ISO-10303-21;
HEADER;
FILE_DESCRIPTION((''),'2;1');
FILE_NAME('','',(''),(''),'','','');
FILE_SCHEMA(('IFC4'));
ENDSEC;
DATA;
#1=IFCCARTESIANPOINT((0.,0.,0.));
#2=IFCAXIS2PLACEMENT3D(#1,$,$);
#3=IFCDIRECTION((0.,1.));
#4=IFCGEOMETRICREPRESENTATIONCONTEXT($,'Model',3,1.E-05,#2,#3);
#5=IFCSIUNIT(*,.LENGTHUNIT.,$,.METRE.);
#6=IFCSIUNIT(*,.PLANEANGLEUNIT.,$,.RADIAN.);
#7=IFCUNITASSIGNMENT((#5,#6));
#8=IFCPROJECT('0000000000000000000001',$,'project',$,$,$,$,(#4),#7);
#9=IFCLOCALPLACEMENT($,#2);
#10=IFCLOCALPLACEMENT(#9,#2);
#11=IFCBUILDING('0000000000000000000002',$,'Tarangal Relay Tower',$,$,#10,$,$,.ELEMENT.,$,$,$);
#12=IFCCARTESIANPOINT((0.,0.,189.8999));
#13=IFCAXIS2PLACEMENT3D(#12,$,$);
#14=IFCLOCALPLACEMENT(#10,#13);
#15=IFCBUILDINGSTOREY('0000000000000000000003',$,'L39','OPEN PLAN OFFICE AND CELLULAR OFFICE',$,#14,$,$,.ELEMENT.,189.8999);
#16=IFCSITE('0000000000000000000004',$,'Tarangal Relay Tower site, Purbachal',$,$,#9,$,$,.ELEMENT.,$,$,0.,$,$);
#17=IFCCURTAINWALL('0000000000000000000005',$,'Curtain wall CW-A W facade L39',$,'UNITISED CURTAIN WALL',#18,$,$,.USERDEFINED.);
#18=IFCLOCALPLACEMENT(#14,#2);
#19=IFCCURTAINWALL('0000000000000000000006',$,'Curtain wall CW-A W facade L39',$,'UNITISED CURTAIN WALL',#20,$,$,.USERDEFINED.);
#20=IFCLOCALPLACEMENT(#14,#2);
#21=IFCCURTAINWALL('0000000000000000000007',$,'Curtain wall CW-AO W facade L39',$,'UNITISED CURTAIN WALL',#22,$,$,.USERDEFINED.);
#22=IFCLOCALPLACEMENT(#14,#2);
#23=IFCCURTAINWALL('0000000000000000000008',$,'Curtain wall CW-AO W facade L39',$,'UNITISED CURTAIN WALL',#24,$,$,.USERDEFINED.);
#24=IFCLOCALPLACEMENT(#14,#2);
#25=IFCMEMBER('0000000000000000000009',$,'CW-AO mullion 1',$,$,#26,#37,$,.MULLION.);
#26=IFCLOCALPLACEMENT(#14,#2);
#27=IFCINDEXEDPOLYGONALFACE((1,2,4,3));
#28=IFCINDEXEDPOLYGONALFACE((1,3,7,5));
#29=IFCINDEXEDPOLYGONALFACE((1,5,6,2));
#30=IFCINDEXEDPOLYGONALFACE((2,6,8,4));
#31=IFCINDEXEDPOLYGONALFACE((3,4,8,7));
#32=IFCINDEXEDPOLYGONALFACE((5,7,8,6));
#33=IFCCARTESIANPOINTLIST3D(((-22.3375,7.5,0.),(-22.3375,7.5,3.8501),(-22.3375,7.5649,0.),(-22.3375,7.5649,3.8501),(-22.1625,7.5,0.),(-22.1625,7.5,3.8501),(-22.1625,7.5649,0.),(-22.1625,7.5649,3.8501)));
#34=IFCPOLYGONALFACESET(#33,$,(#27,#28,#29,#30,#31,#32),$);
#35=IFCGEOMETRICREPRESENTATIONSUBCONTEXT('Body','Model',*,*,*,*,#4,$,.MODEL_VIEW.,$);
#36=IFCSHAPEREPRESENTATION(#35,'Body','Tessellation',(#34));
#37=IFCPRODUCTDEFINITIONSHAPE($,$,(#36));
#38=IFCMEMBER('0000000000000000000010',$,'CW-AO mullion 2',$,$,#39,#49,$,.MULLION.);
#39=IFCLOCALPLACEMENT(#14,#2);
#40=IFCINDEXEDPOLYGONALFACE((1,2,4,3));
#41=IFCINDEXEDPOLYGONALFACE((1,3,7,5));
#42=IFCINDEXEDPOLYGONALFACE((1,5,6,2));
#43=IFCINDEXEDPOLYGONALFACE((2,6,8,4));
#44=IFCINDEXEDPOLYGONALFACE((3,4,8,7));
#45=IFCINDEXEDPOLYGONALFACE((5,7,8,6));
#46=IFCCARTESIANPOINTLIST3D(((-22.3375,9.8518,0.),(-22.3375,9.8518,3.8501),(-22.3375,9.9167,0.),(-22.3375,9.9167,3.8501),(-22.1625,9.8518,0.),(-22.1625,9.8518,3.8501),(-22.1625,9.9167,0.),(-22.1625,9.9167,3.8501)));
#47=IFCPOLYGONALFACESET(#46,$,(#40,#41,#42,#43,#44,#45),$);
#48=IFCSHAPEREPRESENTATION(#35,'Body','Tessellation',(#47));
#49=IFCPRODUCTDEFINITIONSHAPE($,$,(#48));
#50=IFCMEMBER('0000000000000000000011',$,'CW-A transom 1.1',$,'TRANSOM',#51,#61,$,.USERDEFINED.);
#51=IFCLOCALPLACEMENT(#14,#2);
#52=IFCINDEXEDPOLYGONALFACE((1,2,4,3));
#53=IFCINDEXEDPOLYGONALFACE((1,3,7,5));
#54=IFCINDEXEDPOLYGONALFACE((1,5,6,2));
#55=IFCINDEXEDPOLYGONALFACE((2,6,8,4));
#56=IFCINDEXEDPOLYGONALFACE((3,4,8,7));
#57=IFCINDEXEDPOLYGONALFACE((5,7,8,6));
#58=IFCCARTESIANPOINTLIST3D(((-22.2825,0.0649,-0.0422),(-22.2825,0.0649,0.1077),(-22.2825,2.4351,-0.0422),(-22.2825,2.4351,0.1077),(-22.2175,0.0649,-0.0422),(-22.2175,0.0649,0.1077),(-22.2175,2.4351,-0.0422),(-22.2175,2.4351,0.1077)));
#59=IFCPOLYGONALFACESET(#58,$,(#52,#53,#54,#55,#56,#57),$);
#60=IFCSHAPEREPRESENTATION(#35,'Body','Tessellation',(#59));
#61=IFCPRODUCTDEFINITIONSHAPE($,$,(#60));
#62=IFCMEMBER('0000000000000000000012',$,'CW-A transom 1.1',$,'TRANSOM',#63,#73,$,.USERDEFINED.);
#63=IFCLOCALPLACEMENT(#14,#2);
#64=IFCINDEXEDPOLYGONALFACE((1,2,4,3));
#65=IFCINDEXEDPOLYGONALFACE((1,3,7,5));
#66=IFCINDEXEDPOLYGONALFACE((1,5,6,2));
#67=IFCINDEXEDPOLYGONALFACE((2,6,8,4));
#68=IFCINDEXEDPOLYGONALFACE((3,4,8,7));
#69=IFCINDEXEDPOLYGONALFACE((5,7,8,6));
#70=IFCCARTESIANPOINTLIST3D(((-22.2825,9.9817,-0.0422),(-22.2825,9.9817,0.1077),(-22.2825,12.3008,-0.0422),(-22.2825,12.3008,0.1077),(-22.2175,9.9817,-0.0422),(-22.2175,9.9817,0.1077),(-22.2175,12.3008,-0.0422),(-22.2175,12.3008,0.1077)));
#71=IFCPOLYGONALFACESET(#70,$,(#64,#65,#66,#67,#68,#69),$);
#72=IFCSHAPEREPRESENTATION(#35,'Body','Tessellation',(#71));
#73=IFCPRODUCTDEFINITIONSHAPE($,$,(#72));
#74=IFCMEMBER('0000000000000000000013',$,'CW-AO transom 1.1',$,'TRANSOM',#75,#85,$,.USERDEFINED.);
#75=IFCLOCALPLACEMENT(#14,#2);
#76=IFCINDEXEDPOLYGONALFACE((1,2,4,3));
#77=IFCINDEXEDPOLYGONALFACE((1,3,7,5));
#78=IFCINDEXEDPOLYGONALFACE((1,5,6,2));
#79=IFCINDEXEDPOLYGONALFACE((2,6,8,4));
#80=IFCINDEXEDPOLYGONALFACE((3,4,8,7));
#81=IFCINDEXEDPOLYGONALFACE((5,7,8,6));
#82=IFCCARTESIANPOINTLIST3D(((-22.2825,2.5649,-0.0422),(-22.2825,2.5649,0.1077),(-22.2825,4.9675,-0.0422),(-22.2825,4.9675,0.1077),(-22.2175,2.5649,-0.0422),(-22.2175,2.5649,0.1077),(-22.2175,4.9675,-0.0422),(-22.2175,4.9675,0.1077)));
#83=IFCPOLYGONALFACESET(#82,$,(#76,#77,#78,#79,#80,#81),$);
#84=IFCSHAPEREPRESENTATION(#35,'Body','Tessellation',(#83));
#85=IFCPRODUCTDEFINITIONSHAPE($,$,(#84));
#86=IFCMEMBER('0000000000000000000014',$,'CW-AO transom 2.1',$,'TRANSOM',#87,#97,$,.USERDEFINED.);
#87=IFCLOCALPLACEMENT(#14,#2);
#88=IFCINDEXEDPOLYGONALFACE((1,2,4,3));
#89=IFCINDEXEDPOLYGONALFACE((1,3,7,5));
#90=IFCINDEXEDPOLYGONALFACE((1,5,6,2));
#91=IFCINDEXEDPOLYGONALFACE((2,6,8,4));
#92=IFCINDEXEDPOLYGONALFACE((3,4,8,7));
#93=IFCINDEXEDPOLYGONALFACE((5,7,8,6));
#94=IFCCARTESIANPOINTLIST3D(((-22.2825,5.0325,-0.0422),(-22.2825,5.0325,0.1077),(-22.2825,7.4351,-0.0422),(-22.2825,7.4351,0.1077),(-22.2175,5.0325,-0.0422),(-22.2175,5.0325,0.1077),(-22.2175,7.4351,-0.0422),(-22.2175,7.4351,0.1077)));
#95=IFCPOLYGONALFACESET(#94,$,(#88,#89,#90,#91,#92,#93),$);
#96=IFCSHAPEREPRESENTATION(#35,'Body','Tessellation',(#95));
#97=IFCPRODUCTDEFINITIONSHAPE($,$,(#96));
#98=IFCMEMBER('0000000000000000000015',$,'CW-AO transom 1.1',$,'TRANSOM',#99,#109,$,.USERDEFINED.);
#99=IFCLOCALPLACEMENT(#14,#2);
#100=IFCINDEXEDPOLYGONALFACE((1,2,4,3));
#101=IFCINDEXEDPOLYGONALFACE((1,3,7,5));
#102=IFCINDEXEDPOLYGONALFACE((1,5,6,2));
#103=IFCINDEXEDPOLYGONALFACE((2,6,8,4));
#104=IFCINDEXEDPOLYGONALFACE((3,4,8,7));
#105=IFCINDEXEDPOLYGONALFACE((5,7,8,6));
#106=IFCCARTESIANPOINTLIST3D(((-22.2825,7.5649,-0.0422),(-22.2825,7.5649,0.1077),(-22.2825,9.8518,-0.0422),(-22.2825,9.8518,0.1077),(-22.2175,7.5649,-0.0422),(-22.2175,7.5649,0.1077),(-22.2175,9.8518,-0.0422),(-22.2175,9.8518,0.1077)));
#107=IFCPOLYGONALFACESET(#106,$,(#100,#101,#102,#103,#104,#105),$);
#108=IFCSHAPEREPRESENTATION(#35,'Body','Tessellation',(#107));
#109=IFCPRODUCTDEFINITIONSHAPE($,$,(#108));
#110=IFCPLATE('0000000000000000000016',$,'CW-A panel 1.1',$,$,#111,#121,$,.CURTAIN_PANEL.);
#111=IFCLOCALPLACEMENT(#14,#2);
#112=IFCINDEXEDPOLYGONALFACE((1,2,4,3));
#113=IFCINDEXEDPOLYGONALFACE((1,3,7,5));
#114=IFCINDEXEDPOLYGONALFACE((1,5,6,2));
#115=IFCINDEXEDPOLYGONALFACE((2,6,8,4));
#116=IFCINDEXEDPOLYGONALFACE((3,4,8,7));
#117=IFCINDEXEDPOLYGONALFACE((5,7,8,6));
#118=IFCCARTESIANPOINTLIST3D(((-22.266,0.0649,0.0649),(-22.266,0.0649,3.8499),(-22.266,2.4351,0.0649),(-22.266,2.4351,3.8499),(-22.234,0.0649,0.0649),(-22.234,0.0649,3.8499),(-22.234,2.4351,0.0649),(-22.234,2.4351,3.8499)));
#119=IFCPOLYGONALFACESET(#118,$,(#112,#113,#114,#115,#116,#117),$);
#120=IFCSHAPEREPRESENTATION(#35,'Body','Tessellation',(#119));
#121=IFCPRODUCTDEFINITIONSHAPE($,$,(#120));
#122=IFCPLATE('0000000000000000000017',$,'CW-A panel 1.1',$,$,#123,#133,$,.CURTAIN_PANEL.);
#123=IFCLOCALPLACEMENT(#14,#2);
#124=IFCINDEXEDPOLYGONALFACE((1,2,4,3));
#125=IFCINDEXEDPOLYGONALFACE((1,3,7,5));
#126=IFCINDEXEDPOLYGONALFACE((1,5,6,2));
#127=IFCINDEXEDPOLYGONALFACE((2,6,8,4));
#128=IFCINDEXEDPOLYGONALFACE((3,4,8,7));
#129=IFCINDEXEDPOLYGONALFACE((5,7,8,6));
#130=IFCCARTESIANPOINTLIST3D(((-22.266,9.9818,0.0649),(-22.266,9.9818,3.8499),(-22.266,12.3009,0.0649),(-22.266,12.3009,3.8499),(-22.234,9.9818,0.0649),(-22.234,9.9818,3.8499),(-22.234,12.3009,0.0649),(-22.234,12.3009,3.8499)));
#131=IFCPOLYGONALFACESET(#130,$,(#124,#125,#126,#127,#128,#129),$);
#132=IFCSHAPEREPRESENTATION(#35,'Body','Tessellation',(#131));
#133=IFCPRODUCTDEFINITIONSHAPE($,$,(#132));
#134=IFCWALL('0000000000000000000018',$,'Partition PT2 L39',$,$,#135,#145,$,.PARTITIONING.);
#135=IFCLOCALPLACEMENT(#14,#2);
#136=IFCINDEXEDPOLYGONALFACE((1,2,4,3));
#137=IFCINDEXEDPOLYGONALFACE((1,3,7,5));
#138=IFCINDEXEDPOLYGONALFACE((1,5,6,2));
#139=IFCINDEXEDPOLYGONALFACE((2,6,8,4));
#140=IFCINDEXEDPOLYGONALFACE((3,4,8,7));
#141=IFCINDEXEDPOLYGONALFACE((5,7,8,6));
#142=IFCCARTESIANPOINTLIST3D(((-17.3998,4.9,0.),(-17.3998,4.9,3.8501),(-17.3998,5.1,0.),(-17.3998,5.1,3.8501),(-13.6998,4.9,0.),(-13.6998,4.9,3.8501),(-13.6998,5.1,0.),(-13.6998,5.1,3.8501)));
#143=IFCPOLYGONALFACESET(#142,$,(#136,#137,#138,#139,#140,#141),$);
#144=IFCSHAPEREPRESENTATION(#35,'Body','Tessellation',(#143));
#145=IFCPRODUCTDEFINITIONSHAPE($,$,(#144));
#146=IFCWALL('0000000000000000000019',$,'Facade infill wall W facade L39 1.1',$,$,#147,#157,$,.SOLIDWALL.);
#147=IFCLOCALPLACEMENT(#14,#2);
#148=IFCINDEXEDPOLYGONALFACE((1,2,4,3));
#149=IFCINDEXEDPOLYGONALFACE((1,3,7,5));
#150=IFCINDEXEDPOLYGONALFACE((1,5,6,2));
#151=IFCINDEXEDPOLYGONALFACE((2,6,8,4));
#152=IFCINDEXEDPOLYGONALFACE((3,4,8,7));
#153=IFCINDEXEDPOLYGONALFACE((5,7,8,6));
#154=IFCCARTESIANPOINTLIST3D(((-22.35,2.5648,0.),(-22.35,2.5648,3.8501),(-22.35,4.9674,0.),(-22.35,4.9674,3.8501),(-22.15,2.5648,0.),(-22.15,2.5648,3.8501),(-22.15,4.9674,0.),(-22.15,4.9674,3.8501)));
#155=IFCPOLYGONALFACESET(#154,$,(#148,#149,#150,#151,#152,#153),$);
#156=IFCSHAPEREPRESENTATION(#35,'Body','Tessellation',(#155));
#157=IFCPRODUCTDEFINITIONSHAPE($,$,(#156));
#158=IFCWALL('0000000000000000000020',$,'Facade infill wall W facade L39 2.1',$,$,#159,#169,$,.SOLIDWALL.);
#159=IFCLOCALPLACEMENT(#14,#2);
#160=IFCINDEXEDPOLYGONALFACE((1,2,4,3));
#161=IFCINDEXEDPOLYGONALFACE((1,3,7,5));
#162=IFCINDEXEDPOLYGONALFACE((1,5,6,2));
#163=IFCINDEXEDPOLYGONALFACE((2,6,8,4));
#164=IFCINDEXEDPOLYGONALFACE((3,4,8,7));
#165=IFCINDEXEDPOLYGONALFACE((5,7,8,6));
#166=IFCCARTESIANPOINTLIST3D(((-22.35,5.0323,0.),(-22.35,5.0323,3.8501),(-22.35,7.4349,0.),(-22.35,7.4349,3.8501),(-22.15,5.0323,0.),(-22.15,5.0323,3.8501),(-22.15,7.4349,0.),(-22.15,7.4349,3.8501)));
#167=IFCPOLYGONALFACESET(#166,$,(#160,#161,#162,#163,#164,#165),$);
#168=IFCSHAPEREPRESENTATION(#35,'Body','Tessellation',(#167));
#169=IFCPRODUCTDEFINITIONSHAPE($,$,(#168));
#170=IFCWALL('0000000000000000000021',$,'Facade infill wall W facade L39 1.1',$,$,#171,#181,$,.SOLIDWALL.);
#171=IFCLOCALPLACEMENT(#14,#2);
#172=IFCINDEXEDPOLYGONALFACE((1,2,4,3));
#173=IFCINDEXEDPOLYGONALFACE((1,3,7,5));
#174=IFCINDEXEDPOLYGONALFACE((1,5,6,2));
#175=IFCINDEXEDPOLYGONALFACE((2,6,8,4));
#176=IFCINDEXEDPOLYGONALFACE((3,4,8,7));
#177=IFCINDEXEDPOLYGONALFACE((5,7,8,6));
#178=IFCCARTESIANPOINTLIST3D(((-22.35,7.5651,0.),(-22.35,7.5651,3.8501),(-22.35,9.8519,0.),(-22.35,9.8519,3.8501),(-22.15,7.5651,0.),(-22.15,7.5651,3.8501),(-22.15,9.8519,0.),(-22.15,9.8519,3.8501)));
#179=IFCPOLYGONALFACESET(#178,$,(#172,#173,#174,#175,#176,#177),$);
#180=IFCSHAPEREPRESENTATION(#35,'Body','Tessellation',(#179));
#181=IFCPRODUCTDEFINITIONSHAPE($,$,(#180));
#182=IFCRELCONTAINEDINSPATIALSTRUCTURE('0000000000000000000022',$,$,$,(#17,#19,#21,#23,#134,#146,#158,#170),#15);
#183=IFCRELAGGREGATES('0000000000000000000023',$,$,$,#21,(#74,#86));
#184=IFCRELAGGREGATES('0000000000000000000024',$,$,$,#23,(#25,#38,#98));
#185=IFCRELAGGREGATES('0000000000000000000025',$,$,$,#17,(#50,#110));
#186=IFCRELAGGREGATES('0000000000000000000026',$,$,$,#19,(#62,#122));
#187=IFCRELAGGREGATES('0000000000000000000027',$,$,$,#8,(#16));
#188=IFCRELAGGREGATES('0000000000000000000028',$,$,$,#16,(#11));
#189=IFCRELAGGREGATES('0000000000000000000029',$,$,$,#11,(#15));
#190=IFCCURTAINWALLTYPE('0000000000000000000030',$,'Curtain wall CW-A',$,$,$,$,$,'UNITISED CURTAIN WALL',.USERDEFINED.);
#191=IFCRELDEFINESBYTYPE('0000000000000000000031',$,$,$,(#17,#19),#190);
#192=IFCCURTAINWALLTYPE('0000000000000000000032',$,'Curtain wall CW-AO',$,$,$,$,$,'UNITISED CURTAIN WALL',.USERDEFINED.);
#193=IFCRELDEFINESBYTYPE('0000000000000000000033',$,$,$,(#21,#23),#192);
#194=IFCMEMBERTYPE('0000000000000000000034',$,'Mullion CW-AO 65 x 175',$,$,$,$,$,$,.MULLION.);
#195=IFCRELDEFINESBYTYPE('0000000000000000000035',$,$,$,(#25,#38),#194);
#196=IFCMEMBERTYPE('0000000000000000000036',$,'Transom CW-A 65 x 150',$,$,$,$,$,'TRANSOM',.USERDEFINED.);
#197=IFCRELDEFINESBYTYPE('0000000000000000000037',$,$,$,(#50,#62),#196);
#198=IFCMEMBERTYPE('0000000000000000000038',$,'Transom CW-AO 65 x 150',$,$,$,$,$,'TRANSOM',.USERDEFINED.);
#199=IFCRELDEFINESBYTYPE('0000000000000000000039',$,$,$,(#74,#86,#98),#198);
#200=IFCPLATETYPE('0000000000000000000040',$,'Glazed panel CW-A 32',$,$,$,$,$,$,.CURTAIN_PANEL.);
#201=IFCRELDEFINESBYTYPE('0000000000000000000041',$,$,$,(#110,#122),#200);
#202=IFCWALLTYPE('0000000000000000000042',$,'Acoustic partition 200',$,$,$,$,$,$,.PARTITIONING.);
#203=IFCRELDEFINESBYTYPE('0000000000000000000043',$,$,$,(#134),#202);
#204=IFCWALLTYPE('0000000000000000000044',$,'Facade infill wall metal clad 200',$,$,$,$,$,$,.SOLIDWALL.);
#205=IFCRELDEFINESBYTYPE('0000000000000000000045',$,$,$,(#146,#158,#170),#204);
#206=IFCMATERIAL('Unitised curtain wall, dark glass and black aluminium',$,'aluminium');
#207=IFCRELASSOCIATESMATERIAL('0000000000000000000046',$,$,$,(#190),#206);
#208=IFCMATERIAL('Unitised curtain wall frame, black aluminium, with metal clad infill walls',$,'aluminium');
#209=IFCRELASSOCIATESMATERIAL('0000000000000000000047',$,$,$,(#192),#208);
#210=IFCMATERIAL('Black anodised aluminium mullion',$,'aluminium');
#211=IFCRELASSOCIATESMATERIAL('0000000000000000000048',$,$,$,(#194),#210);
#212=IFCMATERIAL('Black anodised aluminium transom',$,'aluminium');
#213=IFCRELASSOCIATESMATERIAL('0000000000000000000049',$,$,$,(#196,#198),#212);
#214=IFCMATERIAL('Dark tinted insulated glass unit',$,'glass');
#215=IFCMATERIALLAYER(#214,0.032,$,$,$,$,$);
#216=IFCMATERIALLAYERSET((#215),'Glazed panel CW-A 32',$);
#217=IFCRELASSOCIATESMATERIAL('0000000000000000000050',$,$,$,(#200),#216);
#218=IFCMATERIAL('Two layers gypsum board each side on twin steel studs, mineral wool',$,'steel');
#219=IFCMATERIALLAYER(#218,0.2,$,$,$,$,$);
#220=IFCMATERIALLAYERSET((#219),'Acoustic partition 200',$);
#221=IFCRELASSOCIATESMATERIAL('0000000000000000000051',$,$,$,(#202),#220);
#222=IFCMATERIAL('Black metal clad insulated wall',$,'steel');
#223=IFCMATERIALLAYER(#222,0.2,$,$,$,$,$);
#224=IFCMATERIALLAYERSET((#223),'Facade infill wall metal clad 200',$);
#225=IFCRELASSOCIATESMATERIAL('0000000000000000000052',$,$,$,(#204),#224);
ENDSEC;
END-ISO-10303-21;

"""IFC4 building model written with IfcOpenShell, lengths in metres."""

from ifc_helpers import new_model, si_unit, direction, frame, frame_2d, origin, origin_2d, place, context, subcontext, project, spatial, rectangle, extrude, material, layer, layer_set, material_profile, profile_set, type_object, element, aggregate, save


model = new_model("IFC4")

# Units and contexts
model_context = context("Model", 3, precision=1e-05, world=origin(), true_north=direction((0.0, 1.0)))
body_context = subcontext(model_context, "Body", "Model", "MODEL_VIEW")
ifc_project = project(units=[si_unit("LENGTHUNIT", "METRE"), si_unit("PLANEANGLEUNIT", "RADIAN")], contexts=[model_context])

# Site, building, storey
site_placement = place(None, origin())
site = spatial("IfcSite", under=ifc_project, at=site_placement, Name="Tarangal Relay Tower site, Purbachal", CompositionType="ELEMENT", RefElevation=0.0)
building_placement = place(site_placement, origin())
building = spatial("IfcBuilding", under=site, at=building_placement, Name="Tarangal Relay Tower", CompositionType="ELEMENT")
storey_placement = place(building_placement, frame((0.0, 0.0, 189.8999)))
storey = spatial("IfcBuildingStorey", under=building, at=storey_placement, Name="L39", Description="OPEN PLAN OFFICE AND CELLULAR OFFICE", CompositionType="ELEMENT", Elevation=189.8999)

# Curtain wall
ifc_material_1 = material(Name="Unitised curtain wall, dark glass and black aluminium", Category="aluminium")
curtain_wall_type_1 = type_object("IfcCurtainWallType", Name="Curtain wall CW-A", ElementType="UNITISED CURTAIN WALL", PredefinedType="USERDEFINED", material=ifc_material_1)
curtain_wall_1_placement = place(storey_placement, origin())
curtain_wall_1 = element("IfcCurtainWall", 1, at=curtain_wall_1_placement, inside=storey, type_object=curtain_wall_type_1, Name="Curtain wall CW-A W facade L39", ObjectType="UNITISED CURTAIN WALL", PredefinedType="USERDEFINED")
ifc_material_2 = material(Name="Black anodised aluminium mullion", Category="aluminium")

# Curtain wall
curtain_wall_2_placement = place(storey_placement, origin())
curtain_wall_2 = element("IfcCurtainWall", 2, at=curtain_wall_2_placement, inside=storey, type_object=curtain_wall_type_1, Name="Curtain wall CW-A W facade L39", ObjectType="UNITISED CURTAIN WALL", PredefinedType="USERDEFINED")

# Curtain walls, members
ifc_material_3 = material(Name="Unitised curtain wall frame, black aluminium, with metal clad infill walls", Category="aluminium")
curtain_wall_type_2 = type_object("IfcCurtainWallType", Name="Curtain wall CW-AO", ElementType="UNITISED CURTAIN WALL", PredefinedType="USERDEFINED", material=ifc_material_3)
curtain_wall_3_placement = place(storey_placement, origin())
curtain_wall_3 = element("IfcCurtainWall", 3, at=curtain_wall_3_placement, inside=storey, type_object=curtain_wall_type_2, Name="Curtain wall CW-AO W facade L39", ObjectType="UNITISED CURTAIN WALL", PredefinedType="USERDEFINED")
ifc_material_profile_1 = material_profile(ifc_material_2, rectangle(XDim=0.175, YDim=0.0649, at=origin_2d()), Name="CW-AOM 65X175")
ifc_profile_set_1 = profile_set([ifc_material_profile_1], Name="Black anodised aluminium mullion")
member_type_1 = type_object("IfcMemberType", Name="Mullion CW-AO 65 x 175", PredefinedType="MULLION", material=ifc_profile_set_1)
curtain_wall_4_placement = place(storey_placement, origin())
curtain_wall_4 = element("IfcCurtainWall", 4, at=curtain_wall_4_placement, inside=storey, type_object=curtain_wall_type_2, Name="Curtain wall CW-AO W facade L39", ObjectType="UNITISED CURTAIN WALL", PredefinedType="USERDEFINED")
member_1_placement = place(storey_placement, frame((-22.25, 7.5325, 0.0), z_axis=(0.0, 0.0, 1.0), x_axis=(-1.0, 0.0, 0.0)))
member_1 = element("IfcMember", 5, at=member_1_placement, type_object=member_type_1, Name="CW-AO mullion 1", PredefinedType="MULLION", context=body_context, shape_type="SweptSolid", body=[
    extrude(rectangle(XDim=0.175, YDim=0.0649, at=origin_2d()), origin(), (0.0, 0.0, 1.0), 3.8501),
])
member_2_placement = place(storey_placement, frame((-22.25, 9.8843, 0.0), z_axis=(0.0, 0.0, 1.0), x_axis=(-1.0, 0.0, 0.0)))
member_2 = element("IfcMember", 6, at=member_2_placement, type_object=member_type_1, Name="CW-AO mullion 2", PredefinedType="MULLION", context=body_context, shape_type="SweptSolid", body=[
    extrude(rectangle(XDim=0.175, YDim=0.0649, at=origin_2d()), origin(), (0.0, 0.0, 1.0), 3.8501),
])

# Members
ifc_material_4 = material(Name="Black anodised aluminium transom", Category="aluminium")
ifc_material_profile_2 = material_profile(ifc_material_4, rectangle(XDim=0.0649, YDim=0.1499, at=origin_2d()), Name="CW-AT 65X150")
ifc_profile_set_2 = profile_set([ifc_material_profile_2], Name="Black anodised aluminium transom")
member_type_2 = type_object("IfcMemberType", Name="Transom CW-A 65 x 150", ElementType="TRANSOM", PredefinedType="USERDEFINED", material=ifc_profile_set_2)
member_3_placement = place(storey_placement, frame((-22.25, 0.0649, 0.0327), z_axis=(0.0, 1.0, 0.0), x_axis=(-1.0, 0.0, 0.0)))
member_3 = element("IfcMember", 7, at=member_3_placement, type_object=member_type_2, Name="CW-A transom 1.1", ObjectType="TRANSOM", PredefinedType="USERDEFINED", context=body_context, shape_type="SweptSolid", body=[
    extrude(rectangle(XDim=0.0649, YDim=0.1499, at=origin_2d()), origin(), (0.0, 0.0, 1.0), 2.3701),
])
member_4_placement = place(storey_placement, frame((-22.25, 9.9817, 0.0327), z_axis=(0.0, 1.0, 0.0), x_axis=(-1.0, 0.0, 0.0)))
member_4 = element("IfcMember", 8, at=member_4_placement, type_object=member_type_2, Name="CW-A transom 1.1", ObjectType="TRANSOM", PredefinedType="USERDEFINED", context=body_context, shape_type="SweptSolid", body=[
    extrude(rectangle(XDim=0.0649, YDim=0.1499, at=origin_2d()), origin(), (0.0, 0.0, 1.0), 2.3191),
])
ifc_material_profile_3 = material_profile(ifc_material_4, rectangle(XDim=0.0649, YDim=0.1499, at=origin_2d()), Name="CW-AOT 65X150")
ifc_profile_set_3 = profile_set([ifc_material_profile_3], Name="Black anodised aluminium transom")
member_type_3 = type_object("IfcMemberType", Name="Transom CW-AO 65 x 150", ElementType="TRANSOM", PredefinedType="USERDEFINED", material=ifc_profile_set_3)
member_5_placement = place(storey_placement, frame((-22.25, 2.5649, 0.0327), z_axis=(0.0, 1.0, 0.0), x_axis=(-1.0, 0.0, 0.0)))
member_5 = element("IfcMember", 9, at=member_5_placement, type_object=member_type_3, Name="CW-AO transom 1.1", ObjectType="TRANSOM", PredefinedType="USERDEFINED", context=body_context, shape_type="SweptSolid", body=[
    extrude(rectangle(XDim=0.0649, YDim=0.1499, at=origin_2d()), origin(), (0.0, 0.0, 1.0), 2.4026),
])
member_6_placement = place(storey_placement, frame((-22.25, 5.0325, 0.0327), z_axis=(0.0, 1.0, 0.0), x_axis=(-1.0, 0.0, 0.0)))
member_6 = element("IfcMember", 10, at=member_6_placement, type_object=member_type_3, Name="CW-AO transom 2.1", ObjectType="TRANSOM", PredefinedType="USERDEFINED", context=body_context, shape_type="SweptSolid", body=[
    extrude(rectangle(XDim=0.0649, YDim=0.1499, at=origin_2d()), origin(), (0.0, 0.0, 1.0), 2.4026),
])
aggregate(curtain_wall_3, [member_5, member_6])
member_7_placement = place(storey_placement, frame((-22.25, 7.5649, 0.0327), z_axis=(0.0, 1.0, 0.0), x_axis=(-1.0, 0.0, 0.0)))
member_7 = element("IfcMember", 11, at=member_7_placement, type_object=member_type_3, Name="CW-AO transom 1.1", ObjectType="TRANSOM", PredefinedType="USERDEFINED", context=body_context, shape_type="SweptSolid", body=[
    extrude(rectangle(XDim=0.0649, YDim=0.1499, at=origin_2d()), origin(), (0.0, 0.0, 1.0), 2.2869),
])
aggregate(curtain_wall_4, [member_1, member_2, member_7])

# Plates
ifc_material_5 = material(Name="Dark tinted insulated glass unit", Category="glass")
ifc_layer_1 = layer(ifc_material_5, 0.032)
ifc_layer_set_1 = layer_set([ifc_layer_1], Name="Glazed panel CW-A 32")
plate_type = type_object("IfcPlateType", Name="Glazed panel CW-A 32", PredefinedType="CURTAIN_PANEL", material=ifc_layer_set_1)
plate_1_placement = place(storey_placement, frame((-22.25, 1.25, 0.0649), z_axis=(0.0, 0.0, 1.0), x_axis=(0.0, 1.0, 0.0)))
plate_1 = element("IfcPlate", 12, at=plate_1_placement, type_object=plate_type, Name="CW-A panel 1.1", PredefinedType="CURTAIN_PANEL", context=body_context, shape_type="SweptSolid", body=[
    extrude(rectangle(XDim=2.3701, YDim=0.032, at=origin_2d()), origin(), (0.0, 0.0, 1.0), 3.7849),
])
aggregate(curtain_wall_1, [member_3, plate_1])
plate_2_placement = place(storey_placement, frame((-22.25, 11.1414, 0.0649), z_axis=(0.0, 0.0, 1.0), x_axis=(0.0, 1.0, 0.0)))
plate_2 = element("IfcPlate", 13, at=plate_2_placement, type_object=plate_type, Name="CW-A panel 1.1", PredefinedType="CURTAIN_PANEL", context=body_context, shape_type="SweptSolid", body=[
    extrude(rectangle(XDim=2.3191, YDim=0.032, at=origin_2d()), origin(), (0.0, 0.0, 1.0), 3.7849),
])
aggregate(curtain_wall_2, [member_4, plate_2])

# Walls
ifc_material_6 = material(Name="Two layers gypsum board each side on twin steel studs, mineral wool", Category="steel")
ifc_layer_2 = layer(ifc_material_6, 0.2)
ifc_layer_set_2 = layer_set([ifc_layer_2], Name="Acoustic partition 200")
wall_type_1 = type_object("IfcWallType", Name="Acoustic partition 200", PredefinedType="PARTITIONING", material=ifc_layer_set_2)
wall_1_placement = place(storey_placement, frame((-17.3999, 5.0, 0.0), z_axis=(0.0, 0.0, 1.0), x_axis=(1.0, 0.0, 0.0)))
element("IfcWall", 14, at=wall_1_placement, inside=storey, type_object=wall_type_1, Name="Partition PT2 L39", PredefinedType="PARTITIONING", context=body_context, shape_type="SweptSolid", body=[
    extrude(rectangle(XDim=3.7, YDim=0.2, at=frame_2d((1.8501, 0.0))), origin(), (0.0, 0.0, 1.0), 3.8501),
])
ifc_material_7 = material(Name="Black metal clad insulated wall", Category="steel")
ifc_layer_3 = layer(ifc_material_7, 0.2)
ifc_layer_set_3 = layer_set([ifc_layer_3], Name="Facade infill wall metal clad 200")
wall_type_2 = type_object("IfcWallType", Name="Facade infill wall metal clad 200", PredefinedType="SOLIDWALL", material=ifc_layer_set_3)
for number, where, z_axis, x_axis, name in (
    (15, (-22.25, 2.5649, 0.0), (0.0, 0.0, 1.0), (0.0, 1.0, 0.0), "Facade infill wall W facade L39 1.1"),
    (16, (-22.25, 5.0325, 0.0), (0.0, 0.0, 1.0), (0.0, 1.0, 0.0), "Facade infill wall W facade L39 2.1"),
):
    element("IfcWall", number, at=place(storey_placement, frame(where, z_axis=z_axis, x_axis=x_axis)), inside=storey, type_object=wall_type_2, Name=name, PredefinedType="SOLIDWALL", context=body_context, shape_type="SweptSolid", body=[
        extrude(rectangle(XDim=2.4026, YDim=0.2, at=frame_2d((1.2012, 0.0))), origin(), (0.0, 0.0, 1.0), 3.8501),
    ])
wall_2_placement = place(storey_placement, frame((-22.25, 7.5649, 0.0), z_axis=(0.0, 0.0, 1.0), x_axis=(0.0, 1.0, 0.0)))
element("IfcWall", 17, at=wall_2_placement, inside=storey, type_object=wall_type_2, Name="Facade infill wall W facade L39 1.1", PredefinedType="SOLIDWALL", context=body_context, shape_type="SweptSolid", body=[
    extrude(rectangle(XDim=2.2869, YDim=0.2, at=frame_2d((1.1436, 0.0))), origin(), (0.0, 0.0, 1.0), 3.8501),
])

save(model, "model.ifc")
